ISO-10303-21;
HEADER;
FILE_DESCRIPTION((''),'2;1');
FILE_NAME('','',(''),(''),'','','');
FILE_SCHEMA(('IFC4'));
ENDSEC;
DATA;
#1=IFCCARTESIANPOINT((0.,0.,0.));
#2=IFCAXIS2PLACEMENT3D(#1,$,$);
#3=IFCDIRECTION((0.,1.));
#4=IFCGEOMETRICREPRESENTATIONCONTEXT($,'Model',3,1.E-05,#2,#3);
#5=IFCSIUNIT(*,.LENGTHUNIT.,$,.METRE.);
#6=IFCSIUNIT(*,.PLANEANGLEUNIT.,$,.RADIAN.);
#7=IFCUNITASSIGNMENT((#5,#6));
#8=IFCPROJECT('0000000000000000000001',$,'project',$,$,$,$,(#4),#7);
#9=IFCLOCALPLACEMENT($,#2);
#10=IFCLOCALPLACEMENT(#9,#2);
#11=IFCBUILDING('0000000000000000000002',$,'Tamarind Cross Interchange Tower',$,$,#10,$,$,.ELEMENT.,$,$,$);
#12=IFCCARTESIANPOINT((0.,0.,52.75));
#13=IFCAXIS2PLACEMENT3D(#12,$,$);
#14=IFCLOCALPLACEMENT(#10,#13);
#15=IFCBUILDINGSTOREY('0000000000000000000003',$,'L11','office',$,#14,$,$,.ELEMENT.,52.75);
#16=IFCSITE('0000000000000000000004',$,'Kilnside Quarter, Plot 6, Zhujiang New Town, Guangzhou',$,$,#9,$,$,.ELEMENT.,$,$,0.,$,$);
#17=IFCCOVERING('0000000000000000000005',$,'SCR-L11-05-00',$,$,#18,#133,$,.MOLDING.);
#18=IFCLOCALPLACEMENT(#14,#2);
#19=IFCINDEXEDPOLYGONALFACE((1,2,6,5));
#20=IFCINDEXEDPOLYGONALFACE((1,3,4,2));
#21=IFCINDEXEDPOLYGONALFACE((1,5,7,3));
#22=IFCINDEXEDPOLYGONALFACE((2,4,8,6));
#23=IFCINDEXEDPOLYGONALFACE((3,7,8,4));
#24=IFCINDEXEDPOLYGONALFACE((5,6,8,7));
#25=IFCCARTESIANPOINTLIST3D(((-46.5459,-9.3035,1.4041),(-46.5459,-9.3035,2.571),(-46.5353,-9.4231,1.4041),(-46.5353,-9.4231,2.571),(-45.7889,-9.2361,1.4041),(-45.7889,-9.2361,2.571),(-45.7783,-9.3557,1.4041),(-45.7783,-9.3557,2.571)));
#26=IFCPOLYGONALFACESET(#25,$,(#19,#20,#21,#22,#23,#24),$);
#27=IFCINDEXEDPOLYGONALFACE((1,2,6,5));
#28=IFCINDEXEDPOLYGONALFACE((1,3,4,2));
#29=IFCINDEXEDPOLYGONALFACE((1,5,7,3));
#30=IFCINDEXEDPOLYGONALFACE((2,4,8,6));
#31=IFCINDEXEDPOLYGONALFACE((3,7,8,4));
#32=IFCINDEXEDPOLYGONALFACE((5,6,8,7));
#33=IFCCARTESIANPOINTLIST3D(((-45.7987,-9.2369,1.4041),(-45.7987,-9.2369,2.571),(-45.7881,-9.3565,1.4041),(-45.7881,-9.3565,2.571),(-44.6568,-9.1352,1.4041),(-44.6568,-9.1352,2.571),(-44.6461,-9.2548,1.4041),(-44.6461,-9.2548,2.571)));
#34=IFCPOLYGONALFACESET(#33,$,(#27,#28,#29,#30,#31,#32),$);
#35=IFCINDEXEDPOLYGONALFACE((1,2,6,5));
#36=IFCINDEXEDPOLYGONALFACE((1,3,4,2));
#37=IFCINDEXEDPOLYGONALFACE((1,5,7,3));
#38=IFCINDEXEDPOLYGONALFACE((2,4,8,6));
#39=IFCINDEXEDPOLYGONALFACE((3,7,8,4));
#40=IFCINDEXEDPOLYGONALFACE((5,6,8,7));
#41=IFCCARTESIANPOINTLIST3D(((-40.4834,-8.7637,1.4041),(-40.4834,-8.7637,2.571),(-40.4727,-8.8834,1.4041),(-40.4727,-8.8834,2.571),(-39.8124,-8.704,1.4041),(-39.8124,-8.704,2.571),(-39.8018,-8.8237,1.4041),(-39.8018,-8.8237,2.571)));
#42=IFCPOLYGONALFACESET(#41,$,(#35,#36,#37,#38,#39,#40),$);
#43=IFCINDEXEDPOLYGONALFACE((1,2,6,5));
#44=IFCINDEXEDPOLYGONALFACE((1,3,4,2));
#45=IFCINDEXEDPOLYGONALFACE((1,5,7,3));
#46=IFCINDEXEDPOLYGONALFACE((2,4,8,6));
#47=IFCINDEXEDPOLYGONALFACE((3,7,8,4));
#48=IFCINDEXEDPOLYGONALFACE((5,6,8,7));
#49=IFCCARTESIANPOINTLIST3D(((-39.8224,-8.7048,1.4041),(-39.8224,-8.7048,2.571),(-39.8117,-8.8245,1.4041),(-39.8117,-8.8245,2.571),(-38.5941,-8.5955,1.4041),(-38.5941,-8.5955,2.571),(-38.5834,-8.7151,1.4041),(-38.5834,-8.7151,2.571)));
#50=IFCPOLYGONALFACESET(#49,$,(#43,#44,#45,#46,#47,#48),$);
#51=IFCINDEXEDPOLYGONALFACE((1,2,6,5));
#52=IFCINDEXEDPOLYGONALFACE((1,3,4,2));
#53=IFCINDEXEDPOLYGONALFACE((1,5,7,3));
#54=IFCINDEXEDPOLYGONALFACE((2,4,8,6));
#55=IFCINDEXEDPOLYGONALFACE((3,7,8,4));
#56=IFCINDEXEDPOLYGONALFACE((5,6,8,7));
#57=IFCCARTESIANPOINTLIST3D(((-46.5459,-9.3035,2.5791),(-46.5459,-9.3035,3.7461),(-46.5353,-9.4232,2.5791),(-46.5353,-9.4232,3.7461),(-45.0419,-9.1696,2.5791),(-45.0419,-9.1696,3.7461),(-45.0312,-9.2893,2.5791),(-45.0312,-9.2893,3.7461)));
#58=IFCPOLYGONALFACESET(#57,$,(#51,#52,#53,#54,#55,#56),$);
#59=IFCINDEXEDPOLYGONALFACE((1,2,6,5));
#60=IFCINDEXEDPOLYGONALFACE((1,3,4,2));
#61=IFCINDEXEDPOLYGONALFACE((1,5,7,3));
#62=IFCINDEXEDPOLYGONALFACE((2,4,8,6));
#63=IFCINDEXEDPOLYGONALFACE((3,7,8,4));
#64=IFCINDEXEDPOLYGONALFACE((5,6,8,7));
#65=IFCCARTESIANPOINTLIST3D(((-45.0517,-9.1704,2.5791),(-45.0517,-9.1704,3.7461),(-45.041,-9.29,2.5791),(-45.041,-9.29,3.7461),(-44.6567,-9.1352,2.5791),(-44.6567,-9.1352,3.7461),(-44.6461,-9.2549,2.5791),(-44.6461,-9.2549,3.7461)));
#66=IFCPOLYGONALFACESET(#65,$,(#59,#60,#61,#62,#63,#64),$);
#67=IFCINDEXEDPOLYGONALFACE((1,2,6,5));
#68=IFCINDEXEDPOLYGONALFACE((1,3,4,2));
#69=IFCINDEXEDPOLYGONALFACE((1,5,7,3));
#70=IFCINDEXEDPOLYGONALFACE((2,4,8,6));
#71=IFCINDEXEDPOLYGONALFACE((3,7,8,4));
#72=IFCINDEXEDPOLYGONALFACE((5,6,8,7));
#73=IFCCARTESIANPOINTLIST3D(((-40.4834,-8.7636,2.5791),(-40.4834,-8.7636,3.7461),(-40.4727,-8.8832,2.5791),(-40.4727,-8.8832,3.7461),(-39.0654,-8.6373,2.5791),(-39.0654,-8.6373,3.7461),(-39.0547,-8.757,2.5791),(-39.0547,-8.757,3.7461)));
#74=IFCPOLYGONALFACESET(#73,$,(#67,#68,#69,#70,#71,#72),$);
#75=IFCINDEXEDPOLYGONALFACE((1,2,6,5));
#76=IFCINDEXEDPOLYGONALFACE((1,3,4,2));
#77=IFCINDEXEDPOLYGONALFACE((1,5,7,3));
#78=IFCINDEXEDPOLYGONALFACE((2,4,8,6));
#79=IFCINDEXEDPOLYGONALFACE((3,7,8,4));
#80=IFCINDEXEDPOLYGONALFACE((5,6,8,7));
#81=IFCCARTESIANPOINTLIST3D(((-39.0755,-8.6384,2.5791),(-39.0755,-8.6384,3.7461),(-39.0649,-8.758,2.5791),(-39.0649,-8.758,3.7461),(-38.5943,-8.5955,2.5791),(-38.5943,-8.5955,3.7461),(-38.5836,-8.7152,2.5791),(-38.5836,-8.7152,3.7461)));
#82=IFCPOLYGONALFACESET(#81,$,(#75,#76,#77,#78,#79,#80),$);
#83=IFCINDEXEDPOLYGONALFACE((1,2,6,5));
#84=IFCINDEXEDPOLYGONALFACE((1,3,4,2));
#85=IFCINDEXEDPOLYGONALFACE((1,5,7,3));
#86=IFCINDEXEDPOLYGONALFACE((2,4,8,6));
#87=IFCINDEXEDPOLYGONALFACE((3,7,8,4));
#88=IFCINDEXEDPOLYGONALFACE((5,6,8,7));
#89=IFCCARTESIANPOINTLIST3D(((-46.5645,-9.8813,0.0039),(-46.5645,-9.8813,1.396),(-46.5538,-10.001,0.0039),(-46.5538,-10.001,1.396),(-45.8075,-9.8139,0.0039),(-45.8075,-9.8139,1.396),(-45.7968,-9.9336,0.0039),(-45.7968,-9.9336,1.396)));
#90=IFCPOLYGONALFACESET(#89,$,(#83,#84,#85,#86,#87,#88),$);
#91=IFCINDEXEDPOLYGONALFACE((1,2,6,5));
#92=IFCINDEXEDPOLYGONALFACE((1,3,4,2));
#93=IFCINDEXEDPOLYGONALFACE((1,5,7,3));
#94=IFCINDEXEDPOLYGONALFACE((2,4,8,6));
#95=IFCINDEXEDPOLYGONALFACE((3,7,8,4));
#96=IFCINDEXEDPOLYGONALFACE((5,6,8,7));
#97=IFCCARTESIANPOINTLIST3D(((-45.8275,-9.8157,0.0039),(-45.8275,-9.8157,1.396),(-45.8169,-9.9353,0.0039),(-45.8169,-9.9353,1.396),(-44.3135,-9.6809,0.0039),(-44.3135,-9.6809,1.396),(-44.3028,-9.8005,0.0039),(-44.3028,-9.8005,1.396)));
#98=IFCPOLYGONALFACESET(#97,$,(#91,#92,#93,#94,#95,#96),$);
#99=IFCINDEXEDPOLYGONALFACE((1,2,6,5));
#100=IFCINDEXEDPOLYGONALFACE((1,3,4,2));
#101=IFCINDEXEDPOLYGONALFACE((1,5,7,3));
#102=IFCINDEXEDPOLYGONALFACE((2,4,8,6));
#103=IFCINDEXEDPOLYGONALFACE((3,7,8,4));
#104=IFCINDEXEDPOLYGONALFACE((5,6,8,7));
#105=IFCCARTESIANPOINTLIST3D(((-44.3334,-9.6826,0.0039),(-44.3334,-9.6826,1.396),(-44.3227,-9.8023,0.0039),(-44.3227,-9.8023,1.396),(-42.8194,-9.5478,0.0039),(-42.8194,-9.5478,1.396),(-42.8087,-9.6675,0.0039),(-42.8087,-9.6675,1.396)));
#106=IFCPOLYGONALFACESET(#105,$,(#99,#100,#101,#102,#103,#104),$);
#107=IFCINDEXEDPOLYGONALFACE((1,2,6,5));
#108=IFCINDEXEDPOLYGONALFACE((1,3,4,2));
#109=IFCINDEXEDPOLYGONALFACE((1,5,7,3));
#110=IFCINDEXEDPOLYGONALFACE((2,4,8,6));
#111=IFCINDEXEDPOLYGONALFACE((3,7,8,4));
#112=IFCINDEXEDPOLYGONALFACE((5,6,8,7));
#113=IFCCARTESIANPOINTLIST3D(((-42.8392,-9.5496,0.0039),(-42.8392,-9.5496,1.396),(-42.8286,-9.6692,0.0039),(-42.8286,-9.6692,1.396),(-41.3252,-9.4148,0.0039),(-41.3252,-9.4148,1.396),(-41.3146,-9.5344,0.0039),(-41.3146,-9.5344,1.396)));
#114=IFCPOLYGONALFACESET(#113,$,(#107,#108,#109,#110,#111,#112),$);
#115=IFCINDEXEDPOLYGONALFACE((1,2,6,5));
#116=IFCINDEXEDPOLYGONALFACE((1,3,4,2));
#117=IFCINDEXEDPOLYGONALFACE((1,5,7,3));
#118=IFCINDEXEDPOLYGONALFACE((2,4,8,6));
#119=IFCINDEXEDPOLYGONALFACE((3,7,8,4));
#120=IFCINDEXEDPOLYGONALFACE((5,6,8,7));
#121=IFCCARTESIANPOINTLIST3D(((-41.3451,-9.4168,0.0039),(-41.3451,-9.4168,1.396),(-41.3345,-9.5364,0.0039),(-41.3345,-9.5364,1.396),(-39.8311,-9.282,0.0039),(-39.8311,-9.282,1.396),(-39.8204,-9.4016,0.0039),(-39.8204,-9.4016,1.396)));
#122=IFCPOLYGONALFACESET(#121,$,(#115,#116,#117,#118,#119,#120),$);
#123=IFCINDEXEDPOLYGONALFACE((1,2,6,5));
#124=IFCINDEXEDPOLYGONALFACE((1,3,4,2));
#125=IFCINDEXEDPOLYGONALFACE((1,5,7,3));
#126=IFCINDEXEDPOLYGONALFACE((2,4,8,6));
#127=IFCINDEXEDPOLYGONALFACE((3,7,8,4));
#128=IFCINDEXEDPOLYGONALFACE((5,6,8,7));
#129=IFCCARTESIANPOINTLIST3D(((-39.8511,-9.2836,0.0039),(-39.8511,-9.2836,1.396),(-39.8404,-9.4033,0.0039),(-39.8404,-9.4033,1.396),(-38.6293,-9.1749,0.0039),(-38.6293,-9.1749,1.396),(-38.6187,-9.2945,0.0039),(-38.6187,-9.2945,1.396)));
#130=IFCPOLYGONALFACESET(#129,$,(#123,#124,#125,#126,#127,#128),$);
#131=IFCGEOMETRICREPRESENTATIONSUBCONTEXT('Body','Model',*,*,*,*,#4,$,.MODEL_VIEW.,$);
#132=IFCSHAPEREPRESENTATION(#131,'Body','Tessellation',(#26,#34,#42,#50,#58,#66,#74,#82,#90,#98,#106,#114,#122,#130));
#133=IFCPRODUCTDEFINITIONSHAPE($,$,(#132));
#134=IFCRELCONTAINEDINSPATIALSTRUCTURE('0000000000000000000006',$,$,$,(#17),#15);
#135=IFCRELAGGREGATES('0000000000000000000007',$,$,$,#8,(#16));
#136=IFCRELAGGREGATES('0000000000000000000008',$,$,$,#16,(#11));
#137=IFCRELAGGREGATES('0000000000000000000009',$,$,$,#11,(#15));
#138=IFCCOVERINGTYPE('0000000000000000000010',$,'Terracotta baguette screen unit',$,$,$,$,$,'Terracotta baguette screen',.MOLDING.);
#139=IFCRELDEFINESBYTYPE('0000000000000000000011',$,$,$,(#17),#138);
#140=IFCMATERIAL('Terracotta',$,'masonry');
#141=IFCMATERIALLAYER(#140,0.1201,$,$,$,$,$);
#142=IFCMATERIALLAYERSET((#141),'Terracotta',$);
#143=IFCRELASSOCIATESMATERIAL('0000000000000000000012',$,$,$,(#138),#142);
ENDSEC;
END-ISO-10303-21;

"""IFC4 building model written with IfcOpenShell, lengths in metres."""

from ifc_helpers import new_model, si_unit, direction, frame, origin, origin_2d, place, context, subcontext, project, spatial, rectangle, extrude, material, layer, layer_set, type_object, element, save


model = new_model("IFC4")

# Units and contexts
model_context = context("Model", 3, precision=1e-05, world=origin(), true_north=direction((0.0, 1.0)))
body_context = subcontext(model_context, "Body", "Model", "MODEL_VIEW")
ifc_project = project(units=[si_unit("LENGTHUNIT", "METRE"), si_unit("PLANEANGLEUNIT", "RADIAN")], contexts=[model_context])

# Site, building, storey
site_placement = place(None, origin())
site = spatial("IfcSite", under=ifc_project, at=site_placement, Name="Kilnside Quarter, Plot 6, Zhujiang New Town, Guangzhou", CompositionType="ELEMENT", RefElevation=0.0)
building_placement = place(site_placement, origin())
building = spatial("IfcBuilding", under=site, at=building_placement, Name="Tamarind Cross Interchange Tower", CompositionType="ELEMENT")
storey_placement = place(building_placement, frame((0.0, 0.0, 52.75)))
storey = spatial("IfcBuildingStorey", under=building, at=storey_placement, Name="L11", Description="office", CompositionType="ELEMENT", Elevation=52.75)

# Covering
ifc_material_1 = material(Name="Terracotta", Category="masonry")
ifc_layer_1 = layer(ifc_material_1, 0.1201)
ifc_layer_set_1 = layer_set([ifc_layer_1], Name="Terracotta")
covering_type = type_object("IfcCoveringType", Name="Terracotta baguette screen unit", ElementType="Terracotta baguette screen", PredefinedType="MOLDING", material=ifc_layer_set_1)
covering_1_placement = place(storey_placement, origin())
element("IfcCovering", 1, at=covering_1_placement, inside=storey, type_object=covering_type, Name="SCR-L11-05-00", PredefinedType="MOLDING", context=body_context, shape_type="SweptSolid", body=[
    extrude(rectangle(XDim=0.76, YDim=0.1201, at=origin_2d()), frame((-46.1621, -9.3296, 1.4041), z_axis=(0.0, 0.0, 1.0), x_axis=(0.99606, 0.088684, 0.0)), (0.0, 0.0, 1.0), 1.167),
    extrude(rectangle(XDim=1.1465, YDim=0.1201, at=origin_2d()), frame((-45.2224, -9.2458, 1.4041), z_axis=(0.0, 0.0, 1.0), x_axis=(0.99606, 0.088684, 0.0)), (0.0, 0.0, 1.0), 1.167),
    extrude(rectangle(XDim=0.6736, YDim=0.1201, at=origin_2d()), frame((-40.1426, -8.7937, 1.4041), z_axis=(0.0, 0.0, 1.0), x_axis=(0.99606, 0.088684, 0.0)), (0.0, 0.0, 1.0), 1.167),
    extrude(rectangle(XDim=1.2332, YDim=0.1201, at=origin_2d()), frame((-39.2029, -8.71, 1.4041), z_axis=(0.0, 0.0, 1.0), x_axis=(0.99606, 0.088684, 0.0)), (0.0, 0.0, 1.0), 1.167),
    extrude(rectangle(XDim=1.51, YDim=0.1201, at=origin_2d()), frame((-45.7886, -9.2964, 2.5791), z_axis=(0.0, 0.0, 1.0), x_axis=(0.99606, 0.088684, 0.0)), (0.0, 0.0, 1.0), 1.167),
    extrude(rectangle(XDim=0.3965, YDim=0.1201, at=origin_2d()), frame((-44.8489, -9.2126, 2.5791), z_axis=(0.0, 0.0, 1.0), x_axis=(0.99606, 0.088684, 0.0)), (0.0, 0.0, 1.0), 1.167),
    extrude(rectangle(XDim=1.4236, YDim=0.1201, at=origin_2d()), frame((-39.769, -8.7603, 2.5791), z_axis=(0.0, 0.0, 1.0), x_axis=(0.99606, 0.088684, 0.0)), (0.0, 0.0, 1.0), 1.167),
    extrude(rectangle(XDim=0.4832, YDim=0.1201, at=origin_2d()), frame((-38.8296, -8.6768, 2.5791), z_axis=(0.0, 0.0, 1.0), x_axis=(0.99606, 0.088684, 0.0)), (0.0, 0.0, 1.0), 1.167),
    extrude(rectangle(XDim=0.76, YDim=0.1201, at=origin_2d()), frame((-46.1807, -9.9075, 0.0039), z_axis=(0.0, 0.0, 1.0), x_axis=(0.99606, 0.088684, 0.0)), (0.0, 0.0, 1.0), 1.3921),
    extrude(rectangle(XDim=1.52, YDim=0.1201, at=origin_2d()), frame((-45.0652, -9.8081, 0.0039), z_axis=(0.0, 0.0, 1.0), x_axis=(0.99606, 0.088684, 0.0)), (0.0, 0.0, 1.0), 1.3921),
    extrude(rectangle(XDim=1.52, YDim=0.1201, at=origin_2d()), frame((-43.571, -9.675, 0.0039), z_axis=(0.0, 0.0, 1.0), x_axis=(0.99606, 0.088684, 0.0)), (0.0, 0.0, 1.0), 1.3921),
    extrude(rectangle(XDim=1.52, YDim=0.1201, at=origin_2d()), frame((-42.0769, -9.542, 0.0039), z_axis=(0.0, 0.0, 1.0), x_axis=(0.99606, 0.088684, 0.0)), (0.0, 0.0, 1.0), 1.3921),
    extrude(rectangle(XDim=1.52, YDim=0.1201, at=origin_2d()), frame((-40.5828, -9.4092, 0.0039), z_axis=(0.0, 0.0, 1.0), x_axis=(0.99606, 0.088684, 0.0)), (0.0, 0.0, 1.0), 1.3921),
    extrude(rectangle(XDim=1.2266, YDim=0.1201, at=origin_2d()), frame((-39.2349, -9.2891, 0.0039), z_axis=(0.0, 0.0, 1.0), x_axis=(0.99606, 0.088684, 0.0)), (0.0, 0.0, 1.0), 1.3921),
])

save(model, "model.ifc")
